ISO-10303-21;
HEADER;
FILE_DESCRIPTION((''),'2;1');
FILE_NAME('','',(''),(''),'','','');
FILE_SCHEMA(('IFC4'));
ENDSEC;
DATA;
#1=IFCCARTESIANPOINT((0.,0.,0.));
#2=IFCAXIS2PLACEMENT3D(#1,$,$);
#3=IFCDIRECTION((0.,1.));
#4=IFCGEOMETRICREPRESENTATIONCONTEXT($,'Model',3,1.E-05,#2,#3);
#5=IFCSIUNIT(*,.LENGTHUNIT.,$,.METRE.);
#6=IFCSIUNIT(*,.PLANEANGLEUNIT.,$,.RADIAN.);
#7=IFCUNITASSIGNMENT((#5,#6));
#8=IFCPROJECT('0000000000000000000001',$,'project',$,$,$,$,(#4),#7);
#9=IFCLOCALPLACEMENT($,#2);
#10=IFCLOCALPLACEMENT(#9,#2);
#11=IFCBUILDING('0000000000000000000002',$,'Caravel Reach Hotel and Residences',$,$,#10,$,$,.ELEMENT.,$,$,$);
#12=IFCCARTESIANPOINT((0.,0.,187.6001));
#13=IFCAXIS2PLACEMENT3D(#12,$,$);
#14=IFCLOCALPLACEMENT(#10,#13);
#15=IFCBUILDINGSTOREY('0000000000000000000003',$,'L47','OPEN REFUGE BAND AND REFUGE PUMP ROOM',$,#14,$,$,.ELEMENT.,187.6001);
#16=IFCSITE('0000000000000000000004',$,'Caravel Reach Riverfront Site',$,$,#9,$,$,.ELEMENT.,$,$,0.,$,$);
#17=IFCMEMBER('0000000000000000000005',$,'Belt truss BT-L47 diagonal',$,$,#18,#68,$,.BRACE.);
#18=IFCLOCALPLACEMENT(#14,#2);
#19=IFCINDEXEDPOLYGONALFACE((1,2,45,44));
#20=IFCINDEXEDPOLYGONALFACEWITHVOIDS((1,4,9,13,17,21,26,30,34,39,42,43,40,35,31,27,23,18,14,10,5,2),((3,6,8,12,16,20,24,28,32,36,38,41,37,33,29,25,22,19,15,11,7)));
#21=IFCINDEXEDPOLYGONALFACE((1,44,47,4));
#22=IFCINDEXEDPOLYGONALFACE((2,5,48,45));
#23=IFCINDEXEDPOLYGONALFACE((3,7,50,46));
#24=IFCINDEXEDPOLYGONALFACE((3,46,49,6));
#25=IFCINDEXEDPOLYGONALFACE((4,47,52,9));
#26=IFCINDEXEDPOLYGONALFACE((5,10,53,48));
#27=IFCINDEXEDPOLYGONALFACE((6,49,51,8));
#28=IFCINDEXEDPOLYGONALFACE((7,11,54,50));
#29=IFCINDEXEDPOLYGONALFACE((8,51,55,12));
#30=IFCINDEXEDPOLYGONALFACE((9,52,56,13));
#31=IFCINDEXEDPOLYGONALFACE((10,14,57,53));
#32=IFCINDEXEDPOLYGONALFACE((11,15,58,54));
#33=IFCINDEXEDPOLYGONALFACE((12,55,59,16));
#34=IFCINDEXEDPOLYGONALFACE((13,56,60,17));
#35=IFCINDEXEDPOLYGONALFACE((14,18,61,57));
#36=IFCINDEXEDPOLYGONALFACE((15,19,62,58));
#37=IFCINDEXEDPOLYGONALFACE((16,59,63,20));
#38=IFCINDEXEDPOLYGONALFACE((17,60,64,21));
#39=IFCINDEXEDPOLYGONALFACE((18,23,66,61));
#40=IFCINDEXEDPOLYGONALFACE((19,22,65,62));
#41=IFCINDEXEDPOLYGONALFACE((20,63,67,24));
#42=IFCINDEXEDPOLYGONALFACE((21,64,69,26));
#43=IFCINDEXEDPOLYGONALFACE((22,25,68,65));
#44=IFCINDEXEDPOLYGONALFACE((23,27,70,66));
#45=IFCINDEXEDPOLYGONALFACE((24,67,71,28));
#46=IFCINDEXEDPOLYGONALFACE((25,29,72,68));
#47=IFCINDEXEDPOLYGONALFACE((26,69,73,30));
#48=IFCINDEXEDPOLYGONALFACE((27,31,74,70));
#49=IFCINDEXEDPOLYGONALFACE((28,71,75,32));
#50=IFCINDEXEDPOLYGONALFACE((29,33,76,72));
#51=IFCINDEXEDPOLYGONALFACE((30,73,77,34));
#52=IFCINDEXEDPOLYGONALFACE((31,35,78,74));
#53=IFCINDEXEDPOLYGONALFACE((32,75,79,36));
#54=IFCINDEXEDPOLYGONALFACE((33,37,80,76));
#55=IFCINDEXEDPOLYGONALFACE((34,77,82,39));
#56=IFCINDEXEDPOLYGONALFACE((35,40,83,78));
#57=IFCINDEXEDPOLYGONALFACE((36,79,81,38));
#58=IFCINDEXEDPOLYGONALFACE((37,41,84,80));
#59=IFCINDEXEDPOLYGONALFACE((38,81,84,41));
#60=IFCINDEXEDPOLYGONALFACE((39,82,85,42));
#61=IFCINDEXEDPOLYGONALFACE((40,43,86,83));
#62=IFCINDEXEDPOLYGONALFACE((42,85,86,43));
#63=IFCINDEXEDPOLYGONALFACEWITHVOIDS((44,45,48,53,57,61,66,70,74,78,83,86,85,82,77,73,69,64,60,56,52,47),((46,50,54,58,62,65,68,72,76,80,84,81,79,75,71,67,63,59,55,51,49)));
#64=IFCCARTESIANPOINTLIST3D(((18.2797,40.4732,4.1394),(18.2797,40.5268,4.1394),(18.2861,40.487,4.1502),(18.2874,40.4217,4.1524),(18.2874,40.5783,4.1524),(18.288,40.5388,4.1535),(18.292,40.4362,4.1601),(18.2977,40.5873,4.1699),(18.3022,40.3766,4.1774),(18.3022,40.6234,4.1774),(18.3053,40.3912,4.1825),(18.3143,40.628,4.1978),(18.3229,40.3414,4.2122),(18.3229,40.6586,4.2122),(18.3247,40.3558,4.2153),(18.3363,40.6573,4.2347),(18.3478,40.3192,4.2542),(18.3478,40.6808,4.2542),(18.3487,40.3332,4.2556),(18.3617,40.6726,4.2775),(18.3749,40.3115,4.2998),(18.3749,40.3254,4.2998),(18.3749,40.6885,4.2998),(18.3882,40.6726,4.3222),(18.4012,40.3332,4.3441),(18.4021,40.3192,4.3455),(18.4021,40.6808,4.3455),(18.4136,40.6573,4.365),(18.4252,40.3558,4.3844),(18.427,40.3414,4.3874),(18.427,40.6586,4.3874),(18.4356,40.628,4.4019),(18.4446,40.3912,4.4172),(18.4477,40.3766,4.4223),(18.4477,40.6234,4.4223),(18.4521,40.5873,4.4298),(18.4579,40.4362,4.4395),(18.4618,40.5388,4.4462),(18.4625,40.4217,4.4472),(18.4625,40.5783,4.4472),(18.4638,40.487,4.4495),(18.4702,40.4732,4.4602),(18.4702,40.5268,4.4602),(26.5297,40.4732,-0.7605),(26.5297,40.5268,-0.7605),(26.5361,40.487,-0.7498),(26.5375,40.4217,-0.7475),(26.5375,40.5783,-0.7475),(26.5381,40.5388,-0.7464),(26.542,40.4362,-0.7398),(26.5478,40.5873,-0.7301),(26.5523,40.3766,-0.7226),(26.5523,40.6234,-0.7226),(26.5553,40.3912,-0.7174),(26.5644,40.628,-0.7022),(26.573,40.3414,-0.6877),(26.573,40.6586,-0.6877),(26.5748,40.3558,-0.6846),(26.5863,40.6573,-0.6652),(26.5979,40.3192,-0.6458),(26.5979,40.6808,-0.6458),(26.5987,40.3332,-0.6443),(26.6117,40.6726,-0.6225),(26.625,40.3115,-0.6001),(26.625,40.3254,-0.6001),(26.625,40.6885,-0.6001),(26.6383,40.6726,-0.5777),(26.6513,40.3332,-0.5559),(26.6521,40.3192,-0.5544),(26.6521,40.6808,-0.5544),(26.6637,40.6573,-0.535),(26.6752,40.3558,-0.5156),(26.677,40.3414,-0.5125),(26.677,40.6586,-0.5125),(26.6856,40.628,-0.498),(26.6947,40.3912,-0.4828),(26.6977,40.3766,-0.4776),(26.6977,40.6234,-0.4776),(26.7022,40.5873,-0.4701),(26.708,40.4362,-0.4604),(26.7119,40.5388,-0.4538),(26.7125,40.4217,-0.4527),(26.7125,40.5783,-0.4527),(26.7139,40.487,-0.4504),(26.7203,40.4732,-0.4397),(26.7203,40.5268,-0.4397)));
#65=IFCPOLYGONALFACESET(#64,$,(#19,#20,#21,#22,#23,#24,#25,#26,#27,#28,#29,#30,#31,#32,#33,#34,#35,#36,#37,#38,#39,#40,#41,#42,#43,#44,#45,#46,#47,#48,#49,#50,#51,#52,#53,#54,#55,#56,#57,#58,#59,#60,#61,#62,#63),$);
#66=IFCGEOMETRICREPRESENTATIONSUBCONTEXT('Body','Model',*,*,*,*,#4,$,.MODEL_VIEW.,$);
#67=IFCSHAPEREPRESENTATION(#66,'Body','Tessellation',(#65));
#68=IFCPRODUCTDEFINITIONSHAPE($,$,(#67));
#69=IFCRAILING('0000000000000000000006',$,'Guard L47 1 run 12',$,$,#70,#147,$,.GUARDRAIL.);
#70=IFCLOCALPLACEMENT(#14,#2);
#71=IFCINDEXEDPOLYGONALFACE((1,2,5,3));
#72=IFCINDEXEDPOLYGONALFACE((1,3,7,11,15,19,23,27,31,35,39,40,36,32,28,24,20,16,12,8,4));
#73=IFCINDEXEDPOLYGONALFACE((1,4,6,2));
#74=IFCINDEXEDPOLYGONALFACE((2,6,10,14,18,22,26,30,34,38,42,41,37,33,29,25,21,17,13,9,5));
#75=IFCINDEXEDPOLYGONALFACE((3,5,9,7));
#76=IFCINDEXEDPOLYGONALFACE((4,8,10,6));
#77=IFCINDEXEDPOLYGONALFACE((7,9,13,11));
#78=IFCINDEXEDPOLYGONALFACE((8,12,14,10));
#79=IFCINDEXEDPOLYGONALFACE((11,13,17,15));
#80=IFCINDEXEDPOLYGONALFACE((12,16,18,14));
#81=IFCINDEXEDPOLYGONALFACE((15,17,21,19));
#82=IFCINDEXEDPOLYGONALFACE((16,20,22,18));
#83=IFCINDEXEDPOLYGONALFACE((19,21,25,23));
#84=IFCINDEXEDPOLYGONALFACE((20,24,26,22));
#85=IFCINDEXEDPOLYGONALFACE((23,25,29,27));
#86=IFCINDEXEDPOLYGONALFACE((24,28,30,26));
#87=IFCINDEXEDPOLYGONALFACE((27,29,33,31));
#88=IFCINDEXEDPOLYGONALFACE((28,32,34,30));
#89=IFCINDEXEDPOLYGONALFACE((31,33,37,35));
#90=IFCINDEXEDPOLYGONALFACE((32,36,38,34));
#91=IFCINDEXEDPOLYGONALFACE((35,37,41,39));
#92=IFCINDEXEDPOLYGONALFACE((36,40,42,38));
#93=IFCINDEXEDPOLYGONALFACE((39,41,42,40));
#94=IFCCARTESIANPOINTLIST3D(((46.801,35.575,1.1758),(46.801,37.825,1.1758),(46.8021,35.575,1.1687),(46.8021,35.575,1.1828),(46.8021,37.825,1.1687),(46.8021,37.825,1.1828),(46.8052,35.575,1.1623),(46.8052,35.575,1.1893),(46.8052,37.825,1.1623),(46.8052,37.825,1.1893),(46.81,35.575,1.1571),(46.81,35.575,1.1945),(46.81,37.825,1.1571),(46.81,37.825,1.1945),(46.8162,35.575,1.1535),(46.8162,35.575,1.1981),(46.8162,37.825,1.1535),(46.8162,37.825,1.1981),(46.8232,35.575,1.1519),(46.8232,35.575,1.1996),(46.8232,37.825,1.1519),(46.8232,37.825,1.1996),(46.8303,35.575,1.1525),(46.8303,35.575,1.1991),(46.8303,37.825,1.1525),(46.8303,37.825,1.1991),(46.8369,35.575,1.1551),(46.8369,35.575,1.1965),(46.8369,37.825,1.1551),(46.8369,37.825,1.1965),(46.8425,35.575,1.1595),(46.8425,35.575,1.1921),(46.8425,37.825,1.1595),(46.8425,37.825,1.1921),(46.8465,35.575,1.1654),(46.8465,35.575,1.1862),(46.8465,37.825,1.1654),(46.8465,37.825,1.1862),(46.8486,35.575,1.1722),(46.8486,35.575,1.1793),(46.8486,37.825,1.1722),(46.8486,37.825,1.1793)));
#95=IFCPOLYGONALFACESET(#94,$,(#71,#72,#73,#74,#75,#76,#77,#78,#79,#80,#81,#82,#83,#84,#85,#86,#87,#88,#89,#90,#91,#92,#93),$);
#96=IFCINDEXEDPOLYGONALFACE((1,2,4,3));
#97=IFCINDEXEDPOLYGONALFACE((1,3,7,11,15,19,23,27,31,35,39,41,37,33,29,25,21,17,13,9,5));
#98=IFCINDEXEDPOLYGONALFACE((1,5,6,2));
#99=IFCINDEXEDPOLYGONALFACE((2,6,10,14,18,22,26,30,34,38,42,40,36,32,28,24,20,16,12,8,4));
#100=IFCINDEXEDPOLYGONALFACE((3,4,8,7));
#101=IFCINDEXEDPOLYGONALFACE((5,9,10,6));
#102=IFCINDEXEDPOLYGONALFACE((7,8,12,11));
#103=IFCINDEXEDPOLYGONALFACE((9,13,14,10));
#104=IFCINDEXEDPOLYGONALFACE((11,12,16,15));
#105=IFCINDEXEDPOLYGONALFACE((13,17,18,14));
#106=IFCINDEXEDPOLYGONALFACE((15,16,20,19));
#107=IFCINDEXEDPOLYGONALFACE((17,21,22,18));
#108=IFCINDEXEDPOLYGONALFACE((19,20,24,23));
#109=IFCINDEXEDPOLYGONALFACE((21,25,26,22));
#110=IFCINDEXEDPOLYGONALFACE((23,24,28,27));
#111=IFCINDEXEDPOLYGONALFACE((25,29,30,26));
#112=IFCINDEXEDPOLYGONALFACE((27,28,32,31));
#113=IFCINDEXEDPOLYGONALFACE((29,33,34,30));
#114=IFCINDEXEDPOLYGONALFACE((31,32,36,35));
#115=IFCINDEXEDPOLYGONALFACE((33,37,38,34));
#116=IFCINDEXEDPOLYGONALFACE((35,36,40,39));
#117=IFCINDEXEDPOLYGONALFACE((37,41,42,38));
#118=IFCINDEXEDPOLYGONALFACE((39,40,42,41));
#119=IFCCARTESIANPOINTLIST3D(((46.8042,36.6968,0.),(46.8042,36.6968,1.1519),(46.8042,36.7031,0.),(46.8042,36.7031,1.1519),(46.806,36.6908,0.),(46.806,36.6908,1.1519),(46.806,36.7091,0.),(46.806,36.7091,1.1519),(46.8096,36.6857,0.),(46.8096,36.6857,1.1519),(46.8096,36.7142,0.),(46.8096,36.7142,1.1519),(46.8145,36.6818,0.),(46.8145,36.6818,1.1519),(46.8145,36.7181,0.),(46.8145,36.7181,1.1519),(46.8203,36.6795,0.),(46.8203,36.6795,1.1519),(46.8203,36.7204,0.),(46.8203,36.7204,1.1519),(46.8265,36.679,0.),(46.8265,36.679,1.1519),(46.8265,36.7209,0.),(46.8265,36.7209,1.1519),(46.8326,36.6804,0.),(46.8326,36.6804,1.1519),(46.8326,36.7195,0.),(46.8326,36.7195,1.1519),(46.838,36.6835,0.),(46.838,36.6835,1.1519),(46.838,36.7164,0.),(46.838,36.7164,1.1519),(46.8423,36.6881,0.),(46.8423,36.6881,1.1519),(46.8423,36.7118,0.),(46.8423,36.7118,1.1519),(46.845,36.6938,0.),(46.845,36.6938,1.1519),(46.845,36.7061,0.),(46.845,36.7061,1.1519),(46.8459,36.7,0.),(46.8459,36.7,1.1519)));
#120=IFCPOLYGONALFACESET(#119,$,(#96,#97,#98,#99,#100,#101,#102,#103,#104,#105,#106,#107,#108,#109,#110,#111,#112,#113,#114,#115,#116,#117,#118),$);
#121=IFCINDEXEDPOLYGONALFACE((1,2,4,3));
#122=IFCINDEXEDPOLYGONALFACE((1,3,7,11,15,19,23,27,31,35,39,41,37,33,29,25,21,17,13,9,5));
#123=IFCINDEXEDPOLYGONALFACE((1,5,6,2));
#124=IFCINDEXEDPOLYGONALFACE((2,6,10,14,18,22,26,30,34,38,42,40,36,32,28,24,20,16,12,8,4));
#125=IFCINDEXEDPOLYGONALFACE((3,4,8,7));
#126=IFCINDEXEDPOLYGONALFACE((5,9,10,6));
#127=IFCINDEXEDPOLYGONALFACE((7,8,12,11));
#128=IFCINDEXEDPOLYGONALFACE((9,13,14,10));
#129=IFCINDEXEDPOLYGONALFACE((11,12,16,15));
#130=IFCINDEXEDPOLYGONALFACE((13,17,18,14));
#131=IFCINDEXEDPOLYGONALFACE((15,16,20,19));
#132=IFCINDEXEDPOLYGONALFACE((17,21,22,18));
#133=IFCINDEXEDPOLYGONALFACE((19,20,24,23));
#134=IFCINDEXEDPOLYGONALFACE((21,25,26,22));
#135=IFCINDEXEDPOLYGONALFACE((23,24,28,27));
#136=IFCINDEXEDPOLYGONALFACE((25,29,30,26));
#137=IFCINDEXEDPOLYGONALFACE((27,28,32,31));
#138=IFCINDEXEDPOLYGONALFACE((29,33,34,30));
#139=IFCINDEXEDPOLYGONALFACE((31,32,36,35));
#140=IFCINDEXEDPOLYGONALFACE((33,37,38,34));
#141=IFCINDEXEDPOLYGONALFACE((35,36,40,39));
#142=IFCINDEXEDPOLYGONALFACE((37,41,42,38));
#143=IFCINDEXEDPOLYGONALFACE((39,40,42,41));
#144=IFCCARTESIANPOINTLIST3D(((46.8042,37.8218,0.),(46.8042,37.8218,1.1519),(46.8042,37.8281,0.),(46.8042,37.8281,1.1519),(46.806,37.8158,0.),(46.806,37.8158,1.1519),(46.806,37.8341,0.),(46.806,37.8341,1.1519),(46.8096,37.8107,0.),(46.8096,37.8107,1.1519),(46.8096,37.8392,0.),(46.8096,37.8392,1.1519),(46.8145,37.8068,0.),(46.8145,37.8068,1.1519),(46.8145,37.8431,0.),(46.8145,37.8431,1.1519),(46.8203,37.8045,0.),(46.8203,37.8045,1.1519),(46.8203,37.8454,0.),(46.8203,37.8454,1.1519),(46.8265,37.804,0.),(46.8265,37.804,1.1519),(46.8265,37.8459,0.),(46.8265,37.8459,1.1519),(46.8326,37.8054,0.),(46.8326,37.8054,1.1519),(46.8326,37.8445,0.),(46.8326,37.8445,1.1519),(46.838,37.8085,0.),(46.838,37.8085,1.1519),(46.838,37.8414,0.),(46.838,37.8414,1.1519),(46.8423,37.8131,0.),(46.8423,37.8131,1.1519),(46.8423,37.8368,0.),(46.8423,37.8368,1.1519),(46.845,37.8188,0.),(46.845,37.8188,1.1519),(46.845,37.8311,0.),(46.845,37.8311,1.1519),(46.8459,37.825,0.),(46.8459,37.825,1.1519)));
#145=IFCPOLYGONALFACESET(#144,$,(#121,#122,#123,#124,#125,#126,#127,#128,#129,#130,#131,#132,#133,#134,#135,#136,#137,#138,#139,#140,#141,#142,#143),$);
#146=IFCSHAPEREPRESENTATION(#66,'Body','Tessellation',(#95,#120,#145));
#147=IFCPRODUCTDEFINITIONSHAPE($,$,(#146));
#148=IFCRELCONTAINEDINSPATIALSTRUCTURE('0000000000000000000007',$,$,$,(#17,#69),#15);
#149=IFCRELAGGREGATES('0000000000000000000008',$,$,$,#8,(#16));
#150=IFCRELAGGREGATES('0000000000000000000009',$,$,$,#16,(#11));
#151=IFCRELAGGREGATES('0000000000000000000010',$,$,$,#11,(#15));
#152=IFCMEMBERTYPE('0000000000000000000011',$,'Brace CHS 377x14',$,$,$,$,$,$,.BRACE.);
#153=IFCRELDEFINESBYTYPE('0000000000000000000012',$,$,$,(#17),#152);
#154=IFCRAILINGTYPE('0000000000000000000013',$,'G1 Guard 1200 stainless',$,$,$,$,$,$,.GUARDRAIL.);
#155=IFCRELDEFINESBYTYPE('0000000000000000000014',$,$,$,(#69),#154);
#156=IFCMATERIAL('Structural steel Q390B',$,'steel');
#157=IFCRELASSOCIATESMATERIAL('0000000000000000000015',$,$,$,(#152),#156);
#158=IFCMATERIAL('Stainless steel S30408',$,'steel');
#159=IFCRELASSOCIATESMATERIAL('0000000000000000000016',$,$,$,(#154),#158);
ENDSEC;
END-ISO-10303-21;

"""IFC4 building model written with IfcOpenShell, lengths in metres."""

from ifc_helpers import new_model, si_unit, direction, frame, origin, origin_2d, place, context, subcontext, project, spatial, circle, hollow_circle, extrude, material, material_profile, profile_set, type_object, element, save


model = new_model("IFC4")

# Units and contexts
model_context = context("Model", 3, precision=1e-05, world=origin(), true_north=direction((0.0, 1.0)))
body_context = subcontext(model_context, "Body", "Model", "MODEL_VIEW")
ifc_project = project(units=[si_unit("LENGTHUNIT", "METRE"), si_unit("PLANEANGLEUNIT", "RADIAN")], contexts=[model_context])

# Site, building, storey
site_placement = place(None, origin())
site = spatial("IfcSite", under=ifc_project, at=site_placement, Name="Caravel Reach Riverfront Site", CompositionType="ELEMENT", RefElevation=0.0)
building_placement = place(site_placement, origin())
building = spatial("IfcBuilding", under=site, at=building_placement, Name="Caravel Reach Hotel and Residences", CompositionType="ELEMENT")
storey_placement = place(building_placement, frame((0.0, 0.0, 187.6001)))
storey = spatial("IfcBuildingStorey", under=building, at=storey_placement, Name="L47", Description="OPEN REFUGE BAND AND REFUGE PUMP ROOM", CompositionType="ELEMENT", Elevation=187.6001)

# Member
ifc_material_1 = material(Name="Structural steel Q390B", Category="steel")
ifc_material_profile_1 = material_profile(ifc_material_1, hollow_circle(Radius=0.1885, WallThickness=0.0139, at=origin_2d()), Name="CHS 377x14")
ifc_profile_set_1 = profile_set([ifc_material_profile_1], Name="Structural steel Q390B")
member_type = type_object("IfcMemberType", Name="Brace CHS 377x14", PredefinedType="BRACE", material=ifc_profile_set_1)
for number, where, z_axis, x_axis, name in (
    (1, (26.625, 40.5, -0.6001), (-0.859788, 0.0, 0.510652), (0.0, -1.0, 0.0), "Belt truss BT-L47 diagonal"),
):
    element("IfcMember", number, at=place(storey_placement, frame(where, z_axis=z_axis, x_axis=x_axis)), inside=storey, type_object=member_type, Name=name, PredefinedType="BRACE", context=body_context, shape_type="SweptSolid", body=[
        extrude(hollow_circle(Radius=0.1885, WallThickness=0.0139, at=origin_2d()), origin(), (0.0, 0.0, 1.0), 9.5955),
    ])

# Railing
ifc_material_2 = material(Name="Stainless steel S30408", Category="steel")
railing_type = type_object("IfcRailingType", Name="G1 Guard 1200 stainless", PredefinedType="GUARDRAIL", material=ifc_material_2)
railing_1_placement = place(storey_placement, frame((46.825, 35.575, 0.0)))
element("IfcRailing", 2, at=railing_1_placement, inside=storey, type_object=railing_type, Name="Guard L47 1 run 12", PredefinedType="GUARDRAIL", context=body_context, shape_type="SweptSolid", body=[
    extrude(circle(Radius=0.0239, at=origin_2d()), frame((0.0, 0.0, 1.1758), z_axis=(0.0, 1.0, 0.0), x_axis=(-1.0, 0.0, 0.0)), (0.0, 0.0, 1.0), 2.25),
    extrude(circle(Radius=0.021, at=origin_2d()), frame((0.0, 1.125, 0.0)), (0.0, 0.0, 1.0), 1.1519),
    extrude(circle(Radius=0.021, at=origin_2d()), frame((0.0, 2.25, 0.0)), (0.0, 0.0, 1.0), 1.1519),
])

save(model, "model.ifc")
